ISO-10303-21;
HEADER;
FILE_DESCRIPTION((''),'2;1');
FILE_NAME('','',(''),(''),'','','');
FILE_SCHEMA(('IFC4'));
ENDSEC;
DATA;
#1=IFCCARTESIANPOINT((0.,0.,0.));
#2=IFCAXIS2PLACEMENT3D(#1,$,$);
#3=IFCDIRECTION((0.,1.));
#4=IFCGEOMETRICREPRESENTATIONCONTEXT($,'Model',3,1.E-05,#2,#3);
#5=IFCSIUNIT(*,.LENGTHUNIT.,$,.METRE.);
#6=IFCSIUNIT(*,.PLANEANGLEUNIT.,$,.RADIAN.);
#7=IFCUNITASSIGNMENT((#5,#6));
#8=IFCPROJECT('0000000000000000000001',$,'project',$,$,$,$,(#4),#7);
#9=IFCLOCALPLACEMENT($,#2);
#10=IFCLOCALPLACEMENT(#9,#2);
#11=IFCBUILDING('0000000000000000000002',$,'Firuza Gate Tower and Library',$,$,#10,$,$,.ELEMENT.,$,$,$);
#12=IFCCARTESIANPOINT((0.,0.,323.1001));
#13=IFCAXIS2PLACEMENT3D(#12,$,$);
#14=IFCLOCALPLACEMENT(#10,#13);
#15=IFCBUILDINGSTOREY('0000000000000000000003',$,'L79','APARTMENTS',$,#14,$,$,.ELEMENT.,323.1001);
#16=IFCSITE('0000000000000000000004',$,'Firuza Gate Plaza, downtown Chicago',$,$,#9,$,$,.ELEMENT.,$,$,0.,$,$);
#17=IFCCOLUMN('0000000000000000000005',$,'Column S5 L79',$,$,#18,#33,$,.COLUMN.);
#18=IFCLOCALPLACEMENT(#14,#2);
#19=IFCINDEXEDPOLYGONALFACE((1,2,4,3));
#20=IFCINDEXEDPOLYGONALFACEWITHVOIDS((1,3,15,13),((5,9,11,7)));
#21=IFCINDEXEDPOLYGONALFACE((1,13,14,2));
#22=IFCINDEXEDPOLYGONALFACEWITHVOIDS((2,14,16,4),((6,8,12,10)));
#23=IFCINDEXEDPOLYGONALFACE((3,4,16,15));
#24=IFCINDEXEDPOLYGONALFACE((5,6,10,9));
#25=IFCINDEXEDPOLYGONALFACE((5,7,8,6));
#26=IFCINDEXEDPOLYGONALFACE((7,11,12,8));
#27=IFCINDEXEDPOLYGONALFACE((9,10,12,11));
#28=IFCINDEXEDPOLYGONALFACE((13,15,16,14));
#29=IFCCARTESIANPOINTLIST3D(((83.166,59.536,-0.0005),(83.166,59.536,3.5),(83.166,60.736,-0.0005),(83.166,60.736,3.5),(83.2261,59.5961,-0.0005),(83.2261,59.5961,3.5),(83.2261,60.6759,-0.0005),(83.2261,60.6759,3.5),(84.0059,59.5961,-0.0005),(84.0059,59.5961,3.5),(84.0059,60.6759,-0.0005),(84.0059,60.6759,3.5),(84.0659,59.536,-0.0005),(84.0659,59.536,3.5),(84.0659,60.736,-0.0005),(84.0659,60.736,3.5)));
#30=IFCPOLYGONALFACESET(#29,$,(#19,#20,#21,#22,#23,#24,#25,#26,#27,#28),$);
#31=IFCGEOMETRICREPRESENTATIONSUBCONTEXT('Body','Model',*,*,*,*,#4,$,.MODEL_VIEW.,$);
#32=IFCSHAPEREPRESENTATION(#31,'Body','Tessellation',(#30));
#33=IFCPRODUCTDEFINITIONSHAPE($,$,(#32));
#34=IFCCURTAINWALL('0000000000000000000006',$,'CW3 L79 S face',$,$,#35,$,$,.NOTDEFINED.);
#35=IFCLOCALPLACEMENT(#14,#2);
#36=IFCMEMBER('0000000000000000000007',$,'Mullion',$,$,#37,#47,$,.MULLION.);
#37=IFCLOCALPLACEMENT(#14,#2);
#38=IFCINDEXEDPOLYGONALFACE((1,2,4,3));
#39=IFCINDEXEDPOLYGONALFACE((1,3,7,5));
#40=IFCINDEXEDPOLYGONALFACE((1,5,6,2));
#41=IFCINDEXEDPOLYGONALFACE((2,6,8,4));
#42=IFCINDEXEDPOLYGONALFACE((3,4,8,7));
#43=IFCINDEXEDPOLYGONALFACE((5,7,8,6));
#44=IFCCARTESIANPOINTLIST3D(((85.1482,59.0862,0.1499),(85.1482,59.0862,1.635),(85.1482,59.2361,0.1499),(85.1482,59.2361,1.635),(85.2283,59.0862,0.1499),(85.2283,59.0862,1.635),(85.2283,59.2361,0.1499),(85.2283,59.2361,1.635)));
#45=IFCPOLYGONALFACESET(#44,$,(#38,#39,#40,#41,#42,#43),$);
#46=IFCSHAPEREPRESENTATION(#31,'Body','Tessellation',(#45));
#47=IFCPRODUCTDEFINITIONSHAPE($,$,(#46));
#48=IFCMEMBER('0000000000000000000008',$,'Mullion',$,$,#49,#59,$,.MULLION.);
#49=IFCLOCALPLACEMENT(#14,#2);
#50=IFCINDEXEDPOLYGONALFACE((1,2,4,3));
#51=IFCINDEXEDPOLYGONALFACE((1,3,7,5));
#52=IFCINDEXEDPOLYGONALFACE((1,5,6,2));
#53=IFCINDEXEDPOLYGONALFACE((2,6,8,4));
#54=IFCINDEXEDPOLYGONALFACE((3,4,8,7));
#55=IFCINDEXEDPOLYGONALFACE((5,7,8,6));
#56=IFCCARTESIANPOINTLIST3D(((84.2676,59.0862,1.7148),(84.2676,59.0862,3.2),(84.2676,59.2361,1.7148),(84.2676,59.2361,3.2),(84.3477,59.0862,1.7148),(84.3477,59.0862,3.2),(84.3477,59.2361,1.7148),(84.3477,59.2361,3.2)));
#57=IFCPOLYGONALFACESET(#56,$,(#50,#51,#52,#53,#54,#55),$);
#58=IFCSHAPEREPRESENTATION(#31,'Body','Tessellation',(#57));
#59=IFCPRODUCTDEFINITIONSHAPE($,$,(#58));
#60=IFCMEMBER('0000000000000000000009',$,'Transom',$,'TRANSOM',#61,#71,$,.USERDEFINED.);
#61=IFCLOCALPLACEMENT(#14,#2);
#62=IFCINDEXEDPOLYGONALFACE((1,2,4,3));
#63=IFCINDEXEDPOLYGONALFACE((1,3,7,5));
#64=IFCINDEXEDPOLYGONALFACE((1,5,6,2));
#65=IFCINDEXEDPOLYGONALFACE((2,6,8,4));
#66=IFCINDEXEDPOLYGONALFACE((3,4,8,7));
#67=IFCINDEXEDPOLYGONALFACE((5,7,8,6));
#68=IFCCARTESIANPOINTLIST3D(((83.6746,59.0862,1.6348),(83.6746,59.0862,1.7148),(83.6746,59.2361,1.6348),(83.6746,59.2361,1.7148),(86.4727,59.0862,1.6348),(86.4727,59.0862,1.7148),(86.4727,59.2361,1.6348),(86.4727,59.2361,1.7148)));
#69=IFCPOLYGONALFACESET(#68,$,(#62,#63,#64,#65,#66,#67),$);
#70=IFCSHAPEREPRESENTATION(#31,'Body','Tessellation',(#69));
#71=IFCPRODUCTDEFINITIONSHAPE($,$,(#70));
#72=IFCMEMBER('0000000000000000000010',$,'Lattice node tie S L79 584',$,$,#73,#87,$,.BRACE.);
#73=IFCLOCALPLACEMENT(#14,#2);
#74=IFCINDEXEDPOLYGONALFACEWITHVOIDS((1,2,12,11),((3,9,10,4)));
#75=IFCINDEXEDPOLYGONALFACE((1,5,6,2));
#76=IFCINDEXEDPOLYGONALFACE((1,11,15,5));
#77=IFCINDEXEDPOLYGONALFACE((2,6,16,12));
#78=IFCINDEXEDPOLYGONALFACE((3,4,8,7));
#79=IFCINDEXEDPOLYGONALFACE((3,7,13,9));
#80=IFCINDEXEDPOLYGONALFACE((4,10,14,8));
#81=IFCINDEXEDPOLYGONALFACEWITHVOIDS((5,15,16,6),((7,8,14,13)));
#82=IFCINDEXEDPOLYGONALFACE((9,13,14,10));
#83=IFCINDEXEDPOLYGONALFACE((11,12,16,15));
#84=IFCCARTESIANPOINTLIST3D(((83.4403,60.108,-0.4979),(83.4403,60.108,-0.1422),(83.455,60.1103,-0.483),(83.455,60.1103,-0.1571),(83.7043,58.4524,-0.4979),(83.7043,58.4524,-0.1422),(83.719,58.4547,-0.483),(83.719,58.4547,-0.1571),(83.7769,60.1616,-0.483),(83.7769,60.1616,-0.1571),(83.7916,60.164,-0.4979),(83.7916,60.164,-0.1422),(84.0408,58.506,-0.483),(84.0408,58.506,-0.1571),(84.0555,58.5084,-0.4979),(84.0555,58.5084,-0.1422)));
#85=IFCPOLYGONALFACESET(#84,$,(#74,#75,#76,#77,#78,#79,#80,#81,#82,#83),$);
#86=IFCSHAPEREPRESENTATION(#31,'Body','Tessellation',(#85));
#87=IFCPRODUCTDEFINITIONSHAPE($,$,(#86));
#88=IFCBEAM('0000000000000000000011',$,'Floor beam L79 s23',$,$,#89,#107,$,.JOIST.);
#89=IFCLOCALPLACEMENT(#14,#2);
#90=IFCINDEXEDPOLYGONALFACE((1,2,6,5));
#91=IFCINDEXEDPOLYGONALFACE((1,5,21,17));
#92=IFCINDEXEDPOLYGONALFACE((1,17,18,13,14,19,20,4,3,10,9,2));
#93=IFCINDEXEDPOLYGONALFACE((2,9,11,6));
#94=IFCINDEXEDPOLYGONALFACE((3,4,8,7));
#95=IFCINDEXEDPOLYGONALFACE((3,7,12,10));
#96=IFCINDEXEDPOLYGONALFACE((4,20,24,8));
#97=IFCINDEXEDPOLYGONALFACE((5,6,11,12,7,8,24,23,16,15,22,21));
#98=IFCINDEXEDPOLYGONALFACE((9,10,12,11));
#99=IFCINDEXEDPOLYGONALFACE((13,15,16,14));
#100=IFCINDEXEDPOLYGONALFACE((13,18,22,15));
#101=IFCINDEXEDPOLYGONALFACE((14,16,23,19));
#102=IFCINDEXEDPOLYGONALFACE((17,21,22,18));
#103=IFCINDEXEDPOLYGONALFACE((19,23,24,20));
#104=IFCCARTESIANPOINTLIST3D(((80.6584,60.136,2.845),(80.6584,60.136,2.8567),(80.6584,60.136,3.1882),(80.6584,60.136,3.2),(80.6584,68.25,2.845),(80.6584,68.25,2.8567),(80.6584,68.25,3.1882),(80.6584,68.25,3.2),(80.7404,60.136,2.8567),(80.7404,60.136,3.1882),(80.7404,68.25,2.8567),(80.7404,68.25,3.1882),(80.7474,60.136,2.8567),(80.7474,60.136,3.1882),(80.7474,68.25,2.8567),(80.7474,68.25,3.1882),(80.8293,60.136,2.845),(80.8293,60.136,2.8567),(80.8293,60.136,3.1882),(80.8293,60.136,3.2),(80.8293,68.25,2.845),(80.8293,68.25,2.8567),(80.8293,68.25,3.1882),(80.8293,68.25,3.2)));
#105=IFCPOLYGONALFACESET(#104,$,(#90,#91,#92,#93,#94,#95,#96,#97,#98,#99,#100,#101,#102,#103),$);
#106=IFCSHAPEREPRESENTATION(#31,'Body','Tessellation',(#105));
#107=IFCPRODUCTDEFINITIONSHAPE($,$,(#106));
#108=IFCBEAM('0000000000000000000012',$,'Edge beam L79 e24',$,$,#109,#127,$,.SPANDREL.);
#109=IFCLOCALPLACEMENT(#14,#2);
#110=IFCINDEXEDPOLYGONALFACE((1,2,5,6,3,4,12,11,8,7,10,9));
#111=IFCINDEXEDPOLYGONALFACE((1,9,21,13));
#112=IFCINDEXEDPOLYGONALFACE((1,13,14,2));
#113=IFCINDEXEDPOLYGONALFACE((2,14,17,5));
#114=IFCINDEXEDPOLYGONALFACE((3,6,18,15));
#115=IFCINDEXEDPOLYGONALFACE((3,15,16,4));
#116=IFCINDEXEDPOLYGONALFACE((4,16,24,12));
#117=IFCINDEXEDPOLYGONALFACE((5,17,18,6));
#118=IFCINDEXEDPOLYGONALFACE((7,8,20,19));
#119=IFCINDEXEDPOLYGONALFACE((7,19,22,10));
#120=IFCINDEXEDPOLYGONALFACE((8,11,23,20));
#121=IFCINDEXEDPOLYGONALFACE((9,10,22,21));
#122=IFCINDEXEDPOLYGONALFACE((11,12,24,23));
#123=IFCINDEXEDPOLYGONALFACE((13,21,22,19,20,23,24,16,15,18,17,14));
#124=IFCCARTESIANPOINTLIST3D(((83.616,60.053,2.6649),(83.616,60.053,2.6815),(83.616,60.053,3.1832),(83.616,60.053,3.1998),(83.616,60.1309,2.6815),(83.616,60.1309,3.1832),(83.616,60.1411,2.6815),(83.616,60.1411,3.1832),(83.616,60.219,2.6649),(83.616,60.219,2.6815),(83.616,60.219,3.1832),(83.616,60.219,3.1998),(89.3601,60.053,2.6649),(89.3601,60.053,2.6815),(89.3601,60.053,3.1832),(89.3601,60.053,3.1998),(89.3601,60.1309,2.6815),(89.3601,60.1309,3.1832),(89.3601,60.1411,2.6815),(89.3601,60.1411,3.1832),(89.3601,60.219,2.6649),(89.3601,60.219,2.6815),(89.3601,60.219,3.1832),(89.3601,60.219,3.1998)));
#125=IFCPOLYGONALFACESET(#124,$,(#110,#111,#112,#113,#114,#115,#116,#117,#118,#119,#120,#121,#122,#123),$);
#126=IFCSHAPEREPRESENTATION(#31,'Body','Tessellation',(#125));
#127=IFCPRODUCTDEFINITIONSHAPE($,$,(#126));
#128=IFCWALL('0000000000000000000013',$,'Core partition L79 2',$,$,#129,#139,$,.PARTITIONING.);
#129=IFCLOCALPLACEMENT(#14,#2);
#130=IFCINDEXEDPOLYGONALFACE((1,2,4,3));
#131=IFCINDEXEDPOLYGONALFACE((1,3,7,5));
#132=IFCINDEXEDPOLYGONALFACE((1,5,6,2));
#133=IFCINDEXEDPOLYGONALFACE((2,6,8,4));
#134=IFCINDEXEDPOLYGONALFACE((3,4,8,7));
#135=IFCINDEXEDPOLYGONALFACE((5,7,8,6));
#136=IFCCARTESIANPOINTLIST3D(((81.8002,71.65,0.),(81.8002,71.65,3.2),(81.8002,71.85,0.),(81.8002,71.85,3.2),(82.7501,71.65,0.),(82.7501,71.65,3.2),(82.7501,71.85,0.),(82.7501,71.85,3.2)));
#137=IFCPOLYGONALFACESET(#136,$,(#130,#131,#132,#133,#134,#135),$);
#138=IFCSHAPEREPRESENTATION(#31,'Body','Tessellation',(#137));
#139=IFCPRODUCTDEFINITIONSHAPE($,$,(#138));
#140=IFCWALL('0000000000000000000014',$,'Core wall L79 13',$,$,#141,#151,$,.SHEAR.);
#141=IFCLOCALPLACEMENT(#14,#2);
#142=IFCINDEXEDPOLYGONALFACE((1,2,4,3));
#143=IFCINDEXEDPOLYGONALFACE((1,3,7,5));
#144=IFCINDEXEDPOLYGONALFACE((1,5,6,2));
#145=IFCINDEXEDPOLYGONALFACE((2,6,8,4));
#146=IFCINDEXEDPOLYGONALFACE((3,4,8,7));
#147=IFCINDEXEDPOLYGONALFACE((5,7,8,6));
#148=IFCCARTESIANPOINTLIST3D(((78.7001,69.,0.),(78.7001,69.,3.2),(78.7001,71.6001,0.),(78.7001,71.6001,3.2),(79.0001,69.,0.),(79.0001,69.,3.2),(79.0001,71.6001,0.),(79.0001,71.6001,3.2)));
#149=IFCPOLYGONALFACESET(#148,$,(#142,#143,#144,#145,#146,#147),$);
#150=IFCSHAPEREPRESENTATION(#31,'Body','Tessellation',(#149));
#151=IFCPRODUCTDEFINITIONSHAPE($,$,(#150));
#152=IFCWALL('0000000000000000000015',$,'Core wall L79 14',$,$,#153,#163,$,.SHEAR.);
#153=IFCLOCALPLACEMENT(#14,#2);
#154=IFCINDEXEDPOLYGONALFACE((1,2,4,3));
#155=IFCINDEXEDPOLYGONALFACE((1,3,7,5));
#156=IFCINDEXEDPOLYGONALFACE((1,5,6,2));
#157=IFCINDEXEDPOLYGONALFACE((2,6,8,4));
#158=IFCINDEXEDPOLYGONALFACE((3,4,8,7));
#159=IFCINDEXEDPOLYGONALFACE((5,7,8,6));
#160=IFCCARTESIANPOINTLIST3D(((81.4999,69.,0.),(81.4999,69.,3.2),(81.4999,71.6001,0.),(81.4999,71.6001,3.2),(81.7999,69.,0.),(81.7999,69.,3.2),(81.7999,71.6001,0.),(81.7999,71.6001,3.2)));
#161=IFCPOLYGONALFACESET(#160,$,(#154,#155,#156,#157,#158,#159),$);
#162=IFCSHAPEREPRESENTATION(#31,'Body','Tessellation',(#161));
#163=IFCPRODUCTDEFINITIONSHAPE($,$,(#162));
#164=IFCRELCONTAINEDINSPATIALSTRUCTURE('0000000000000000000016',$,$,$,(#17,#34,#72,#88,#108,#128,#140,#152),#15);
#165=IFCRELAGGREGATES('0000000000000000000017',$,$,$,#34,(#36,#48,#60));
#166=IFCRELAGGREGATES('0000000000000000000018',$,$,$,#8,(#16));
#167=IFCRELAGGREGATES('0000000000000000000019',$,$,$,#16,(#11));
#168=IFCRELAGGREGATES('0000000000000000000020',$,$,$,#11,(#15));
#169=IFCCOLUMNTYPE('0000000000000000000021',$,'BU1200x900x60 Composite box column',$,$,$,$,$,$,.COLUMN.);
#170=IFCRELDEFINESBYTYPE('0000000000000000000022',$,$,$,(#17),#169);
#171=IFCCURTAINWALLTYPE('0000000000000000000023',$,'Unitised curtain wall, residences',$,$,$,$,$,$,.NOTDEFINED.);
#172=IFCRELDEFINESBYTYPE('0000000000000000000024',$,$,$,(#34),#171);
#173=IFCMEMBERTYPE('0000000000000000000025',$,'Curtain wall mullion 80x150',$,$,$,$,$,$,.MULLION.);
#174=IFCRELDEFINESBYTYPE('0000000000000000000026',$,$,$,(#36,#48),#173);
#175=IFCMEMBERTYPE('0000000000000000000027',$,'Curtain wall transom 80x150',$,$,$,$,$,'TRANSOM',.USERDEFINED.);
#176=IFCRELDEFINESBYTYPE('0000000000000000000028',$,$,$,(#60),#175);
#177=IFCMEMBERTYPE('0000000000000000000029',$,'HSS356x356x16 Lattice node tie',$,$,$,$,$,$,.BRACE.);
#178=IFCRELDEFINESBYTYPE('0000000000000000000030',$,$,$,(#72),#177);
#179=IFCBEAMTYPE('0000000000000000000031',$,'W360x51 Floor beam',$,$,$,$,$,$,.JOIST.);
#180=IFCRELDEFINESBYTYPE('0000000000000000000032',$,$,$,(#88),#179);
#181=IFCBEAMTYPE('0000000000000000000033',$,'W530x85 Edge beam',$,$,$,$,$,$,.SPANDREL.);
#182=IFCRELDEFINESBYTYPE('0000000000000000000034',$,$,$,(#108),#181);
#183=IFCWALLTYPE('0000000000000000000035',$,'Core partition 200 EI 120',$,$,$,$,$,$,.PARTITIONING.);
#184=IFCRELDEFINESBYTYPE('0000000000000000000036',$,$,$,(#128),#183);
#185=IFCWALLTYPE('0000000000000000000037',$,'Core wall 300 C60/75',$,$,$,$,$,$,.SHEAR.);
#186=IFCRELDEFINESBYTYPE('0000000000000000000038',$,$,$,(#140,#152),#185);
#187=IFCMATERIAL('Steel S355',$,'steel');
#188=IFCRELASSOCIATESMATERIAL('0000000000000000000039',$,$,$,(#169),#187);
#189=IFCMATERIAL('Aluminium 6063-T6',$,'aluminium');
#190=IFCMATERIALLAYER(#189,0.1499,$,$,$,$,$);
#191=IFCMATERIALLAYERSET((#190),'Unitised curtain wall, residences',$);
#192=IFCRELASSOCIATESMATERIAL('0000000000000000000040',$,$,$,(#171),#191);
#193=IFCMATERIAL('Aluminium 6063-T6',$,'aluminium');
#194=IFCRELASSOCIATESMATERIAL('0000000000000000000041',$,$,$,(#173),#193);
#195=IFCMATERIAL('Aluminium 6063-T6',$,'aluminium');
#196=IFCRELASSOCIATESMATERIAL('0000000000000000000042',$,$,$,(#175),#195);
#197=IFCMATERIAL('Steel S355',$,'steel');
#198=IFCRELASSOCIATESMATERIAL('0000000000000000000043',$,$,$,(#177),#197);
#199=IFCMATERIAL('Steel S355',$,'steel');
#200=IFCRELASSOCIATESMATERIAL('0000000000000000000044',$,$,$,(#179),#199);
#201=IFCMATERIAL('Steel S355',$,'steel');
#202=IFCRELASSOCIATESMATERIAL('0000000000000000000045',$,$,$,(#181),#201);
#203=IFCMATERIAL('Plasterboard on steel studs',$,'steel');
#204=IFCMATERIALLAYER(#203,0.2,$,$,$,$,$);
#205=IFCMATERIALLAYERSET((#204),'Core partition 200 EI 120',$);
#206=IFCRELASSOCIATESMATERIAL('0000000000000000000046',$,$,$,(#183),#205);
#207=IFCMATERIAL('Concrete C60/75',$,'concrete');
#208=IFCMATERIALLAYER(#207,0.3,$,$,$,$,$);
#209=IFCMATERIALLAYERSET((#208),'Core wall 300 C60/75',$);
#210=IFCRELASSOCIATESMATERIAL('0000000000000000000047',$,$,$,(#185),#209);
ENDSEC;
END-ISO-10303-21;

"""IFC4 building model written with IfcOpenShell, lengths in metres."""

from ifc_helpers import new_model, si_unit, direction, frame, frame_2d, origin, origin_2d, place, context, subcontext, project, spatial, rectangle, hollow_rectangle, i_section, extrude, material, layer, layer_set, material_profile, profile_set, type_object, element, aggregate, save


model = new_model("IFC4")

# Units and contexts
model_context = context("Model", 3, precision=1e-05, world=origin(), true_north=direction((0.0, 1.0)))
body_context = subcontext(model_context, "Body", "Model", "MODEL_VIEW")
ifc_project = project(units=[si_unit("LENGTHUNIT", "METRE"), si_unit("PLANEANGLEUNIT", "RADIAN")], contexts=[model_context])

# Site, building, storey
site_placement = place(None, origin())
site = spatial("IfcSite", under=ifc_project, at=site_placement, Name="Firuza Gate Plaza, downtown Chicago", CompositionType="ELEMENT", RefElevation=0.0)
building_placement = place(site_placement, origin())
building = spatial("IfcBuilding", under=site, at=building_placement, Name="Firuza Gate Tower and Library", CompositionType="ELEMENT")
storey_placement = place(building_placement, frame((0.0, 0.0, 323.1001)))
storey = spatial("IfcBuildingStorey", under=building, at=storey_placement, Name="L79", Description="APARTMENTS", CompositionType="ELEMENT", Elevation=323.1001)

# Column
ifc_material_1 = material(Name="Steel S355", Category="steel")
ifc_material_profile_1 = material_profile(ifc_material_1, hollow_rectangle(XDim=0.8999, YDim=1.2, WallThickness=0.0601, at=origin_2d()))
ifc_profile_set_1 = profile_set([ifc_material_profile_1], Name="Steel S355")
column_type = type_object("IfcColumnType", Name="BU1200x900x60 Composite box column", PredefinedType="COLUMN", material=ifc_profile_set_1)
column_placement = place(storey_placement, frame((83.616, 60.136, -0.0005), z_axis=(0.0, 0.0, 1.0), x_axis=(1.0, 0.0, 0.0)))
element("IfcColumn", 1, at=column_placement, inside=storey, type_object=column_type, Name="Column S5 L79", PredefinedType="COLUMN", context=body_context, shape_type="SweptSolid", body=[
    extrude(hollow_rectangle(XDim=0.8999, YDim=1.2, WallThickness=0.0601, at=origin_2d()), origin(), (0.0, 0.0, 1.0), 3.5005),
])

# Curtain wall, members
ifc_material_2 = material(Name="Aluminium 6063-T6", Category="aluminium")
ifc_layer_1 = layer(ifc_material_2, 0.1499)
ifc_layer_set_1 = layer_set([ifc_layer_1], Name="Unitised curtain wall, residences")
curtain_wall_type = type_object("IfcCurtainWallType", Name="Unitised curtain wall, residences", PredefinedType="NOTDEFINED", material=ifc_layer_set_1)
curtain_wall_placement = place(storey_placement, origin())
curtain_wall = element("IfcCurtainWall", 2, at=curtain_wall_placement, inside=storey, type_object=curtain_wall_type, Name="CW3 L79 S face", PredefinedType="NOTDEFINED")
ifc_material_3 = material(Name="Aluminium 6063-T6", Category="aluminium")
ifc_material_profile_2 = material_profile(ifc_material_3, rectangle(XDim=0.1499, YDim=0.0801, at=origin_2d()))
ifc_profile_set_2 = profile_set([ifc_material_profile_2], Name="Aluminium 6063-T6")
member_type_1 = type_object("IfcMemberType", Name="Curtain wall mullion 80x150", PredefinedType="MULLION", material=ifc_profile_set_2)
member_1_placement = place(storey_placement, frame((85.1882, 59.1611, 0.1499), z_axis=(0.0, 0.0, 1.0), x_axis=(0.0, 1.0, 0.0)))
member_1 = element("IfcMember", 3, at=member_1_placement, type_object=member_type_1, Name="Mullion", PredefinedType="MULLION", context=body_context, shape_type="SweptSolid", body=[
    extrude(rectangle(XDim=0.1499, YDim=0.0801, at=origin_2d()), origin(), (0.0, 0.0, 1.0), 1.4851),
])
member_2_placement = place(storey_placement, frame((84.3076, 59.1611, 1.7148), z_axis=(0.0, 0.0, 1.0), x_axis=(0.0, 1.0, 0.0)))
member_2 = element("IfcMember", 4, at=member_2_placement, type_object=member_type_1, Name="Mullion", PredefinedType="MULLION", context=body_context, shape_type="SweptSolid", body=[
    extrude(rectangle(XDim=0.1499, YDim=0.0801, at=origin_2d()), origin(), (0.0, 0.0, 1.0), 1.4851),
])
ifc_material_4 = material(Name="Aluminium 6063-T6", Category="aluminium")
ifc_material_profile_3 = material_profile(ifc_material_4, rectangle(XDim=0.1499, YDim=0.0801, at=origin_2d()))
ifc_profile_set_3 = profile_set([ifc_material_profile_3], Name="Aluminium 6063-T6")
member_type_2 = type_object("IfcMemberType", Name="Curtain wall transom 80x150", ElementType="TRANSOM", PredefinedType="USERDEFINED", material=ifc_profile_set_3)
member_3_placement = place(storey_placement, frame((83.6746, 59.1611, 1.6748), z_axis=(1.0, 0.0, 0.0), x_axis=(0.0, 1.0, 0.0)))
member_3 = element("IfcMember", 5, at=member_3_placement, type_object=member_type_2, Name="Transom", ObjectType="TRANSOM", PredefinedType="USERDEFINED", context=body_context, shape_type="SweptSolid", body=[
    extrude(rectangle(XDim=0.1499, YDim=0.0801, at=origin_2d()), origin(), (0.0, 0.0, 1.0), 2.7981),
])
aggregate(curtain_wall, [member_1, member_2, member_3])

# Member
ifc_material_5 = material(Name="Steel S355", Category="steel")
ifc_material_profile_4 = material_profile(ifc_material_5, hollow_rectangle(XDim=0.3557, YDim=0.3557, WallThickness=0.0149, at=origin_2d()))
ifc_profile_set_4 = profile_set([ifc_material_profile_4], Name="Steel S355")
member_type_3 = type_object("IfcMemberType", Name="HSS356x356x16 Lattice node tie", PredefinedType="BRACE", material=ifc_profile_set_4)
member_4_placement = place(storey_placement, frame((83.616, 60.136, -0.3201), z_axis=(0.157428, -0.98753, 0.0), x_axis=(0.98753, 0.157428, 0.0)))
element("IfcMember", 6, at=member_4_placement, inside=storey, type_object=member_type_3, Name="Lattice node tie S L79 584", PredefinedType="BRACE", context=body_context, shape_type="SweptSolid", body=[
    extrude(hollow_rectangle(XDim=0.3557, YDim=0.3557, WallThickness=0.0149, at=origin_2d()), origin(), (0.0, 0.0, 1.0), 1.6765),
])

# Beams
ifc_material_6 = material(Name="Steel S355", Category="steel")
ifc_material_profile_5 = material_profile(ifc_material_6, i_section(OverallWidth=0.1709, OverallDepth=0.355, WebThickness=0.0071, FlangeThickness=0.0117, at=origin_2d()))
ifc_profile_set_5 = profile_set([ifc_material_profile_5], Name="Steel S355")
beam_type_1 = type_object("IfcBeamType", Name="W360x51 Floor beam", PredefinedType="JOIST", material=ifc_profile_set_5)
beam_1_placement = place(storey_placement, frame((80.7439, 60.136, 3.0225), z_axis=(0.0, 1.0, 0.0), x_axis=(-1.0, 0.0, 0.0)))
element("IfcBeam", 7, at=beam_1_placement, inside=storey, type_object=beam_type_1, Name="Floor beam L79 s23", PredefinedType="JOIST", context=body_context, shape_type="SweptSolid", body=[
    extrude(i_section(OverallWidth=0.1709, OverallDepth=0.355, WebThickness=0.0071, FlangeThickness=0.0117, at=origin_2d()), origin(), (0.0, 0.0, 1.0), 8.114),
])
ifc_material_7 = material(Name="Steel S355", Category="steel")
ifc_material_profile_6 = material_profile(ifc_material_7, i_section(OverallWidth=0.166, OverallDepth=0.5349, WebThickness=0.0103, FlangeThickness=0.0166, at=origin_2d()))
ifc_profile_set_6 = profile_set([ifc_material_profile_6], Name="Steel S355")
beam_type_2 = type_object("IfcBeamType", Name="W530x85 Edge beam", PredefinedType="SPANDREL", material=ifc_profile_set_6)
beam_2_placement = place(storey_placement, frame((83.616, 60.136, 2.9324), z_axis=(1.0, 0.0, 0.0), x_axis=(0.0, 1.0, 0.0)))
element("IfcBeam", 8, at=beam_2_placement, inside=storey, type_object=beam_type_2, Name="Edge beam L79 e24", PredefinedType="SPANDREL", context=body_context, shape_type="SweptSolid", body=[
    extrude(i_section(OverallWidth=0.166, OverallDepth=0.5349, WebThickness=0.0103, FlangeThickness=0.0166, at=origin_2d()), origin(), (0.0, 0.0, 1.0), 5.7441),
])

# Walls
ifc_material_8 = material(Name="Plasterboard on steel studs", Category="steel")
ifc_layer_2 = layer(ifc_material_8, 0.2)
ifc_layer_set_2 = layer_set([ifc_layer_2], Name="Core partition 200 EI 120")
wall_type_1 = type_object("IfcWallType", Name="Core partition 200 EI 120", PredefinedType="PARTITIONING", material=ifc_layer_set_2)
wall_1_placement = place(storey_placement, frame((81.8, 71.75, 0.0), z_axis=(0.0, 0.0, 1.0), x_axis=(1.0, 0.0, 0.0)))
element("IfcWall", 9, at=wall_1_placement, inside=storey, type_object=wall_type_1, Name="Core partition L79 2", PredefinedType="PARTITIONING", context=body_context, shape_type="SweptSolid", body=[
    extrude(rectangle(XDim=0.95, YDim=0.2, at=frame_2d((0.4751, 0.0))), origin(), (0.0, 0.0, 1.0), 3.2),
])
ifc_material_9 = material(Name="Concrete C60/75", Category="concrete")
ifc_layer_3 = layer(ifc_material_9, 0.3)
ifc_layer_set_3 = layer_set([ifc_layer_3], Name="Core wall 300 C60/75")
wall_type_2 = type_object("IfcWallType", Name="Core wall 300 C60/75", PredefinedType="SHEAR", material=ifc_layer_set_3)
for number, where, z_axis, x_axis, name in (
    (10, (78.8501, 69.0, 0.0), (0.0, 0.0, 1.0), (0.0, 1.0, 0.0), "Core wall L79 13"),
    (11, (81.6499, 69.0, 0.0), (0.0, 0.0, 1.0), (0.0, 1.0, 0.0), "Core wall L79 14"),
):
    element("IfcWall", number, at=place(storey_placement, frame(where, z_axis=z_axis, x_axis=x_axis)), inside=storey, type_object=wall_type_2, Name=name, PredefinedType="SHEAR", context=body_context, shape_type="SweptSolid", body=[
        extrude(rectangle(XDim=2.6001, YDim=0.3, at=frame_2d((1.3, 0.0))), origin(), (0.0, 0.0, 1.0), 3.2),
    ])

save(model, "model.ifc")
